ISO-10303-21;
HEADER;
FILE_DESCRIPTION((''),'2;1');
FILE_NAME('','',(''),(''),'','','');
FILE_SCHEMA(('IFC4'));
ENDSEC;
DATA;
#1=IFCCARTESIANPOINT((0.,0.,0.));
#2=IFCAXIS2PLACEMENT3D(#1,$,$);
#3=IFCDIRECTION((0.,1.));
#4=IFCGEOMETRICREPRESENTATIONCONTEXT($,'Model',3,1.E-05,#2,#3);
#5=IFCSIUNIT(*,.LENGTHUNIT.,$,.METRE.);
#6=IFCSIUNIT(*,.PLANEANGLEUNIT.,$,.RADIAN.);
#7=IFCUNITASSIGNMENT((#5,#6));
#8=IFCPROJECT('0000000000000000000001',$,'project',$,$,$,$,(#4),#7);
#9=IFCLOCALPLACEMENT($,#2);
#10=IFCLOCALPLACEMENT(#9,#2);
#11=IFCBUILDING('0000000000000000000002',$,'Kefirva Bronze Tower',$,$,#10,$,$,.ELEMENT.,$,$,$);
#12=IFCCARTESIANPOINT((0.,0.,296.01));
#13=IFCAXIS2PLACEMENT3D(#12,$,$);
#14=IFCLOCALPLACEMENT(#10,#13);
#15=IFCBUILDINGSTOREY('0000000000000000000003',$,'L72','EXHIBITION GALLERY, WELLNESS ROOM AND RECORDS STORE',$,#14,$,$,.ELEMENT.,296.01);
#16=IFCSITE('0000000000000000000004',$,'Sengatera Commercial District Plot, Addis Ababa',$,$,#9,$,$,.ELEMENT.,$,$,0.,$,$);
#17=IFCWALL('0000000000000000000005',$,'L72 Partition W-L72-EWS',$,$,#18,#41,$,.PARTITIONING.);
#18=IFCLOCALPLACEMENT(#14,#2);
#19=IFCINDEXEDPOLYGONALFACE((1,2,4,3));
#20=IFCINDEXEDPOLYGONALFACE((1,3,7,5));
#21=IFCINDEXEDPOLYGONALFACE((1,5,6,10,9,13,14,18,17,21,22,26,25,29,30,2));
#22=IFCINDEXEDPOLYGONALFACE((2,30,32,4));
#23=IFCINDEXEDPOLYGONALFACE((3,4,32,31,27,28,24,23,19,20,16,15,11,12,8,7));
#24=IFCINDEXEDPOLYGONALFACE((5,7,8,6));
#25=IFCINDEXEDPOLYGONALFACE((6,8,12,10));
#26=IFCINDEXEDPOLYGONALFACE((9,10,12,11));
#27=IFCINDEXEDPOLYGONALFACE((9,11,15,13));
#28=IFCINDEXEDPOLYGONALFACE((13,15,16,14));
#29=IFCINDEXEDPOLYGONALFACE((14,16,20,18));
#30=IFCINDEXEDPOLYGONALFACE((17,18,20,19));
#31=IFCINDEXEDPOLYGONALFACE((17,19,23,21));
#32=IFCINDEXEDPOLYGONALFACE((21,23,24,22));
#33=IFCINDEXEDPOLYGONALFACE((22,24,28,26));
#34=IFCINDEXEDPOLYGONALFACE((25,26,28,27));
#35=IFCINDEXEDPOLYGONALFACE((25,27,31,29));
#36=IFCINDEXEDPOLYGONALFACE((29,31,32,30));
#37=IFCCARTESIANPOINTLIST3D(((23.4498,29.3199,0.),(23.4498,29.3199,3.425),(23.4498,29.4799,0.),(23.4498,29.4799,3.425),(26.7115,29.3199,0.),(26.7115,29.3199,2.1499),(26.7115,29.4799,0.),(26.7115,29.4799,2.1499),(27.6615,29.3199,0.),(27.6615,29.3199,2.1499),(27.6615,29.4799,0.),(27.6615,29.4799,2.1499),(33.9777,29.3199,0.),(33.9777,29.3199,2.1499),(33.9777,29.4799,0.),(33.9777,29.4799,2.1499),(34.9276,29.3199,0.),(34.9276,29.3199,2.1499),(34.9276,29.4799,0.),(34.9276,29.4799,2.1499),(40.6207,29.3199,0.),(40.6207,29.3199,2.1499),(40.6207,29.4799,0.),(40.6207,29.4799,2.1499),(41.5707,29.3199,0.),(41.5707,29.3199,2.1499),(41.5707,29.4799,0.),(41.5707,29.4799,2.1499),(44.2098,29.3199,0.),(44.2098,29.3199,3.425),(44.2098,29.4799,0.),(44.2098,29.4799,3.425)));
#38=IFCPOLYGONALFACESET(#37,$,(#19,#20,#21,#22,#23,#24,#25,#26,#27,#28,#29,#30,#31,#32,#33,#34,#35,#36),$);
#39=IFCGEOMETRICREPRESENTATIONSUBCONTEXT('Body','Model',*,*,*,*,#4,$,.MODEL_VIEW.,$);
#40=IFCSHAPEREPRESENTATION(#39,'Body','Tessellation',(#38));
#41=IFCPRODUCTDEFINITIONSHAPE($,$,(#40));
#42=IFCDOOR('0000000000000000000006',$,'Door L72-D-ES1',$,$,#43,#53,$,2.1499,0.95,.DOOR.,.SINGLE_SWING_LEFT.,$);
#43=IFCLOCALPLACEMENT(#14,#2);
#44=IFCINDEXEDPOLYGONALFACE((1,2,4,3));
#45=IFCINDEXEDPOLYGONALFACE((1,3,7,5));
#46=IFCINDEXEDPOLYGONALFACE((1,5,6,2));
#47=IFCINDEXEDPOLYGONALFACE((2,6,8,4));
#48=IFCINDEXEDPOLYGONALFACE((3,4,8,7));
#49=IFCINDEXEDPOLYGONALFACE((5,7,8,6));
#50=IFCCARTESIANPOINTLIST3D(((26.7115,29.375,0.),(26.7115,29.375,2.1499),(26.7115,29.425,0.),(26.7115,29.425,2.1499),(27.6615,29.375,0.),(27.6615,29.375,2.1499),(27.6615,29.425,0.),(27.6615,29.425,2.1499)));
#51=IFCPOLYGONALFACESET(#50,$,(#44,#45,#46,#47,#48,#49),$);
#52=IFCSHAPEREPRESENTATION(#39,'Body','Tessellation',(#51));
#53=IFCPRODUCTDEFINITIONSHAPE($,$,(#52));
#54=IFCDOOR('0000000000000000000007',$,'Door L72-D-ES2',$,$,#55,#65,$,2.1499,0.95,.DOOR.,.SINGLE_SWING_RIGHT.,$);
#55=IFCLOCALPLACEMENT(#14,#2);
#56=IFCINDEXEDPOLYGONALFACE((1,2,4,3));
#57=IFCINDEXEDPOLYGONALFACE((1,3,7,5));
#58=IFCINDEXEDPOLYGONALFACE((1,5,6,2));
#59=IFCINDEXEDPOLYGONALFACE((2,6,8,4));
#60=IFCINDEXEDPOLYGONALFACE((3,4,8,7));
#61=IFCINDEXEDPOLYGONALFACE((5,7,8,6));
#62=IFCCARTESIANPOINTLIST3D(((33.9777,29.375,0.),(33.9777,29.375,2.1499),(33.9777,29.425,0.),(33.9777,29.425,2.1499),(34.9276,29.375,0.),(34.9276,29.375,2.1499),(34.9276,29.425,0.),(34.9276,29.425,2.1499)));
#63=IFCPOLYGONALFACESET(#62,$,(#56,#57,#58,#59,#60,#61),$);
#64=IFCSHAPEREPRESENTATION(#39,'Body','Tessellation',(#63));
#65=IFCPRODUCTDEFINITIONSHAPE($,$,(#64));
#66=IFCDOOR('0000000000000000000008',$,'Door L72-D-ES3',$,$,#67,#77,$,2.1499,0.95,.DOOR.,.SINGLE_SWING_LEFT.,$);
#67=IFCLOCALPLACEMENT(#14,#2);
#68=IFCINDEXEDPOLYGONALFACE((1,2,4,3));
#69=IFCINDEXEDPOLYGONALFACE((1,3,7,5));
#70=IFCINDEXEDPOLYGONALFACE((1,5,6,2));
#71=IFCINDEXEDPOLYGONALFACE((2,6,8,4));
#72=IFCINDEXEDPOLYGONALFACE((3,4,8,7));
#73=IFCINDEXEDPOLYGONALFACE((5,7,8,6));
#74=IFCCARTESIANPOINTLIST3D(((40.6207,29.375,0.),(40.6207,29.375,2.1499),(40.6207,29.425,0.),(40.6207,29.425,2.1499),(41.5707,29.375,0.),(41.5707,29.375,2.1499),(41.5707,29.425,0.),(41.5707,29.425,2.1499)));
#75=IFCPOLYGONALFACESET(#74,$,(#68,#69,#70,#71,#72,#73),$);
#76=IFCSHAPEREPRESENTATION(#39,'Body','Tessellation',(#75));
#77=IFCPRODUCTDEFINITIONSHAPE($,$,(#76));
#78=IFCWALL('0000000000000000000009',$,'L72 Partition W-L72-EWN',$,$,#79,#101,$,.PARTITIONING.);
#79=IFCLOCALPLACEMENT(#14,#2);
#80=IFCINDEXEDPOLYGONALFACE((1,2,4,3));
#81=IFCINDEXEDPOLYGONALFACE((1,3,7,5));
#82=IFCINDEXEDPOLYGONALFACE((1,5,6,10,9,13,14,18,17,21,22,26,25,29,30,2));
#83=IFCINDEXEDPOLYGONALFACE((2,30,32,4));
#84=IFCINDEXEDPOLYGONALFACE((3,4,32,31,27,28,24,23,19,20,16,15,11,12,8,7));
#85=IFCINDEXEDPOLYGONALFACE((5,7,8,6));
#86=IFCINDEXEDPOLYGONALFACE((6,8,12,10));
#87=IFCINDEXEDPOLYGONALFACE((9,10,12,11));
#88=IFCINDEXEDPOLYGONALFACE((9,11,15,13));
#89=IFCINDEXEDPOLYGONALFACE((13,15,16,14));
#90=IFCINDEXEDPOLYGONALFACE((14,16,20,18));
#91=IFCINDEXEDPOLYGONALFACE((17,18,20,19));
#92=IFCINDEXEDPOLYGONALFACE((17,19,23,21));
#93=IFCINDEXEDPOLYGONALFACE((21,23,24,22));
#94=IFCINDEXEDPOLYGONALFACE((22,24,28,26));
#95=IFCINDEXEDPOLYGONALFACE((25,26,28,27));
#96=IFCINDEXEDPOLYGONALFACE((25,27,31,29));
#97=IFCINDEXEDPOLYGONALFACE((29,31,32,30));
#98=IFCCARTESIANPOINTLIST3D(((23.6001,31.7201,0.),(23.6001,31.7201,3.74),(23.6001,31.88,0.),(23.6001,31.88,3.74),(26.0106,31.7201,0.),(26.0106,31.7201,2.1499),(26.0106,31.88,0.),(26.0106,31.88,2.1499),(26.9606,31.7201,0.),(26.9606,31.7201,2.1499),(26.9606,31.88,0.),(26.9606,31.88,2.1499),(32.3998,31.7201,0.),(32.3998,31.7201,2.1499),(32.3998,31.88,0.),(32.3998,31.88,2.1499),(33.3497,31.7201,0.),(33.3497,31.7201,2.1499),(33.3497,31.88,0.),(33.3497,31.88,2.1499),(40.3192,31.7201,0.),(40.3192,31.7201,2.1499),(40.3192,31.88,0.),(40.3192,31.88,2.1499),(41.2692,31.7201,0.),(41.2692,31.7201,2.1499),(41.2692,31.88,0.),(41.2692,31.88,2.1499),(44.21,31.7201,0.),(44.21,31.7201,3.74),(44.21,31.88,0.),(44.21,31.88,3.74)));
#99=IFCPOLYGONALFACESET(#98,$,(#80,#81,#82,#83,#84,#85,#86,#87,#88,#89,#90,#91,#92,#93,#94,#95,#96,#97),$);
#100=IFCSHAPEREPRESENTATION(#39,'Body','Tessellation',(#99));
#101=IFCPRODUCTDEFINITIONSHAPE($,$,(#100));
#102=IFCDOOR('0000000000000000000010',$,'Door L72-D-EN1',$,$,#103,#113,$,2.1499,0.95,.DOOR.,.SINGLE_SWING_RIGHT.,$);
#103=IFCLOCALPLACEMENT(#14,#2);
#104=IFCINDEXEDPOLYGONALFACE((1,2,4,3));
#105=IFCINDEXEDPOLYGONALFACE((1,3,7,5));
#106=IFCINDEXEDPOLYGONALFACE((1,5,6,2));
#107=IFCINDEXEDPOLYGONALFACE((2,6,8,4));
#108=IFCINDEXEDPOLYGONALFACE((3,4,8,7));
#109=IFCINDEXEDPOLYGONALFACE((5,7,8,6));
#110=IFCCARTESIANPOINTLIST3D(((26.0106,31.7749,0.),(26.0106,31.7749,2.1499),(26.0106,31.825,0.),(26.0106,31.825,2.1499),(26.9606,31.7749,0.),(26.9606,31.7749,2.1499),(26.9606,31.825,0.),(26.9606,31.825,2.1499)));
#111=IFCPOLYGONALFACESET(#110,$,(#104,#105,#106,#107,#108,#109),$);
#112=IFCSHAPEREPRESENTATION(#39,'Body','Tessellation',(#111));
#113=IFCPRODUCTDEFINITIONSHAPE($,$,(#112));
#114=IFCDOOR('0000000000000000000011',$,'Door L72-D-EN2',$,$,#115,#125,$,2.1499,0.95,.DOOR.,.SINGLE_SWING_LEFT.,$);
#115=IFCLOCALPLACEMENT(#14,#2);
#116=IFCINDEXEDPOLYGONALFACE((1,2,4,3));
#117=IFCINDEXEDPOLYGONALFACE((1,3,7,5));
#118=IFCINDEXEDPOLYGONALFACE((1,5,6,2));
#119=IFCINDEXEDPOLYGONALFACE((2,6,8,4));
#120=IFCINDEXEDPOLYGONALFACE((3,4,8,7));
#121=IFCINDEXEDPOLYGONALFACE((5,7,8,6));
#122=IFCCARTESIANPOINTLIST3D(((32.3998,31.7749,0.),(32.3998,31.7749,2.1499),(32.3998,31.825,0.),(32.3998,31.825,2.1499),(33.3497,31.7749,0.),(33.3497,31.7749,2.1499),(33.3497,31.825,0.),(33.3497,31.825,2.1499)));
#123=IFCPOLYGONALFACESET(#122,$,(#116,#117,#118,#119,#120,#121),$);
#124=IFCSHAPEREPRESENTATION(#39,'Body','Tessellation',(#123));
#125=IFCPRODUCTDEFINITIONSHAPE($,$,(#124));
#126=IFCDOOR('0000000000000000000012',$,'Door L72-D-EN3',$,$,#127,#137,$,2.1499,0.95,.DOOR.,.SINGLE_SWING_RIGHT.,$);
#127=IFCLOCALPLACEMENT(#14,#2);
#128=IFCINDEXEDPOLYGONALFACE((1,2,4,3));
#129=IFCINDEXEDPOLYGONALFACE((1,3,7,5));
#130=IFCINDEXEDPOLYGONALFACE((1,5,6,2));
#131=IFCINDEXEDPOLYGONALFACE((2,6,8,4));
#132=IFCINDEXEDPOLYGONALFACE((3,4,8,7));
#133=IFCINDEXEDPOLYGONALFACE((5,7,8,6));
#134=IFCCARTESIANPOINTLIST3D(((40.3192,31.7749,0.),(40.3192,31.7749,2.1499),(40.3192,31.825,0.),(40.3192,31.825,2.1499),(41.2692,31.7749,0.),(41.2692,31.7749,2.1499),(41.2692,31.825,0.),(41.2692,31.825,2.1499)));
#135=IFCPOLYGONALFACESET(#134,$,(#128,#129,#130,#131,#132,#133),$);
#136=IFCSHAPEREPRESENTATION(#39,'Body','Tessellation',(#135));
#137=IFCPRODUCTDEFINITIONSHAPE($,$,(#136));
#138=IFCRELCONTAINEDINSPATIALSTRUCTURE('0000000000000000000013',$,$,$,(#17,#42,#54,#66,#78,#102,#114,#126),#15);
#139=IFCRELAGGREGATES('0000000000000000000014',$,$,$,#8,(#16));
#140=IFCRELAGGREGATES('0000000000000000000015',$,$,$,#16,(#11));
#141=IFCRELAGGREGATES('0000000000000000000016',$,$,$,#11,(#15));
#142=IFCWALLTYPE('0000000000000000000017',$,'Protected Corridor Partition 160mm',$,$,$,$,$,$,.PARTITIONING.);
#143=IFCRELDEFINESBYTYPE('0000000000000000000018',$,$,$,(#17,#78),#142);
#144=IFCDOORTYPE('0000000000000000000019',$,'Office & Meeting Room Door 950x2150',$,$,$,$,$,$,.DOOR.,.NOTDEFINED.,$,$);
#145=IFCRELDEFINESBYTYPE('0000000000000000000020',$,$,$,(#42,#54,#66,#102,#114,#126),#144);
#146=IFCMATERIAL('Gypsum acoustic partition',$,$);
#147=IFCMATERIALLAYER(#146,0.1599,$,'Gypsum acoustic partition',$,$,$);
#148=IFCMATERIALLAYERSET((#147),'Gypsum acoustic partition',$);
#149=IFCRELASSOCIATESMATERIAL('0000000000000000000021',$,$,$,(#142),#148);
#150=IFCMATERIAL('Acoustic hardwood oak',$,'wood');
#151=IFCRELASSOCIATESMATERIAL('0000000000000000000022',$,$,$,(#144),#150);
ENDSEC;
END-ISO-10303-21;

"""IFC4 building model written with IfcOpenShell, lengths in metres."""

from ifc_helpers import new_model, si_unit, direction, frame, frame_2d, origin, place, context, subcontext, project, spatial, rectangle, extrude, material, layer, layer_set, type_object, element, fill, save


model = new_model("IFC4")

# Units and contexts
model_context = context("Model", 3, precision=1e-05, world=origin(), true_north=direction((0.0, 1.0)))
body_context = subcontext(model_context, "Body", "Model", "MODEL_VIEW")
ifc_project = project(units=[si_unit("LENGTHUNIT", "METRE"), si_unit("PLANEANGLEUNIT", "RADIAN")], contexts=[model_context])

# Site, building, storey
site_placement = place(None, origin())
site = spatial("IfcSite", under=ifc_project, at=site_placement, Name="Sengatera Commercial District Plot, Addis Ababa", CompositionType="ELEMENT", RefElevation=0.0)
building_placement = place(site_placement, origin())
building = spatial("IfcBuilding", under=site, at=building_placement, Name="Kefirva Bronze Tower", CompositionType="ELEMENT")
storey_placement = place(building_placement, frame((0.0, 0.0, 296.01)))
storey = spatial("IfcBuildingStorey", under=building, at=storey_placement, Name="L72", Description="EXHIBITION GALLERY, WELLNESS ROOM AND RECORDS STORE", CompositionType="ELEMENT", Elevation=296.01)

# Shared definitions
ifc_material_1 = material(Name="Gypsum acoustic partition")

# Walls, openings, doors
ifc_layer_1 = layer(ifc_material_1, 0.1599, Name="Gypsum acoustic partition")
ifc_layer_set_1 = layer_set([ifc_layer_1], Name="Gypsum acoustic partition")
wall_type_1 = type_object("IfcWallType", Name="Protected Corridor Partition 160mm", PredefinedType="PARTITIONING", material=ifc_layer_set_1)
wall_1_placement = place(storey_placement, frame((23.45, 29.3999, 0.0), z_axis=(0.0, 0.0, 1.0), x_axis=(1.0, 0.0, 0.0)))
wall_1 = element("IfcWall", 1, at=wall_1_placement, inside=storey, type_object=wall_type_1, Name="L72 Partition W-L72-EWS", PredefinedType="PARTITIONING", context=body_context, shape_type="SweptSolid", body=[
    extrude(rectangle(XDim=20.76, YDim=0.1599, at=frame_2d((10.3799, 0.0))), origin(), (0.0, 0.0, 1.0), 3.425),
])
opening_1_placement = place(wall_1_placement, frame((4.2117, 0.0, 0.0), z_axis=(0.0, 0.0, 1.0), x_axis=(-1.0, 0.0, 0.0)))
opening_1 = element("IfcOpeningElement", 2, at=opening_1_placement, cuts=wall_1, PredefinedType="OPENING", context=body_context, shape_type="SweptSolid", body=[
    extrude(rectangle(XDim=0.95, YDim=2.1499, at=frame_2d((0.4751, 1.075))), frame((0.0, 0.0898, 0.0), z_axis=(0.0, -1.0, 0.0), x_axis=(1.0, 0.0, 0.0)), (0.0, 0.0, 1.0), 0.1799),
])
opening_2_placement = place(wall_1_placement, frame((11.4778, 0.0, 0.0), z_axis=(0.0, 0.0, 1.0), x_axis=(-1.0, 0.0, 0.0)))
opening_2 = element("IfcOpeningElement", 3, at=opening_2_placement, cuts=wall_1, PredefinedType="OPENING", context=body_context, shape_type="SweptSolid", body=[
    extrude(rectangle(XDim=0.95, YDim=2.1499, at=frame_2d((0.4751, 1.075))), frame((0.0, 0.0898, 0.0), z_axis=(0.0, -1.0, 0.0), x_axis=(1.0, 0.0, 0.0)), (0.0, 0.0, 1.0), 0.1799),
])
opening_3_placement = place(wall_1_placement, frame((18.1208, 0.0, 0.0), z_axis=(0.0, 0.0, 1.0), x_axis=(-1.0, 0.0, 0.0)))
opening_3 = element("IfcOpeningElement", 4, at=opening_3_placement, cuts=wall_1, PredefinedType="OPENING", context=body_context, shape_type="SweptSolid", body=[
    extrude(rectangle(XDim=0.95, YDim=2.1499, at=frame_2d((0.4751, 1.075))), frame((0.0, 0.0898, 0.0), z_axis=(0.0, -1.0, 0.0), x_axis=(1.0, 0.0, 0.0)), (0.0, 0.0, 1.0), 0.1799),
])
ifc_material_2 = material(Name="Acoustic hardwood oak", Category="wood")
door_type = type_object("IfcDoorType", Name="Office & Meeting Room Door 950x2150", OperationType="NOTDEFINED", PredefinedType="DOOR", material=ifc_material_2)
door_1_placement = place(opening_1_placement, origin())
door_1 = element("IfcDoor", 5, at=door_1_placement, inside=storey, type_object=door_type, Name="Door L72-D-ES1", OperationType="SINGLE_SWING_LEFT", OverallHeight=2.1499, OverallWidth=0.95, PredefinedType="DOOR", context=body_context, shape_type="SweptSolid", body=[
    extrude(rectangle(XDim=0.95, YDim=2.1499, at=frame_2d((0.4751, 1.075))), frame((0.0, 0.0249, 0.0), z_axis=(0.0, -1.0, 0.0), x_axis=(1.0, 0.0, 0.0)), (0.0, 0.0, 1.0), 0.05),
])
fill(opening_1, door_1)
door_2_placement = place(opening_2_placement, origin())
door_2 = element("IfcDoor", 6, at=door_2_placement, inside=storey, type_object=door_type, Name="Door L72-D-ES2", OperationType="SINGLE_SWING_RIGHT", OverallHeight=2.1499, OverallWidth=0.95, PredefinedType="DOOR", context=body_context, shape_type="SweptSolid", body=[
    extrude(rectangle(XDim=0.95, YDim=2.1499, at=frame_2d((0.4751, 1.075))), frame((0.0, 0.0249, 0.0), z_axis=(0.0, -1.0, 0.0), x_axis=(1.0, 0.0, 0.0)), (0.0, 0.0, 1.0), 0.05),
])
fill(opening_2, door_2)
door_3_placement = place(opening_3_placement, origin())
door_3 = element("IfcDoor", 7, at=door_3_placement, inside=storey, type_object=door_type, Name="Door L72-D-ES3", OperationType="SINGLE_SWING_LEFT", OverallHeight=2.1499, OverallWidth=0.95, PredefinedType="DOOR", context=body_context, shape_type="SweptSolid", body=[
    extrude(rectangle(XDim=0.95, YDim=2.1499, at=frame_2d((0.4751, 1.075))), frame((0.0, 0.0249, 0.0), z_axis=(0.0, -1.0, 0.0), x_axis=(1.0, 0.0, 0.0)), (0.0, 0.0, 1.0), 0.05),
])
fill(opening_3, door_3)
wall_2_placement = place(storey_placement, frame((23.6001, 31.8, 0.0), z_axis=(0.0, 0.0, 1.0), x_axis=(1.0, 0.0, 0.0)))
wall_2 = element("IfcWall", 8, at=wall_2_placement, inside=storey, type_object=wall_type_1, Name="L72 Partition W-L72-EWN", PredefinedType="PARTITIONING", context=body_context, shape_type="SweptSolid", body=[
    extrude(rectangle(XDim=20.6099, YDim=0.1599, at=frame_2d((10.3049, 0.0))), origin(), (0.0, 0.0, 1.0), 3.74),
])
opening_4_placement = place(wall_2_placement, frame((2.4104, 0.0, 0.0)))
opening_4 = element("IfcOpeningElement", 9, at=opening_4_placement, cuts=wall_2, PredefinedType="OPENING", context=body_context, shape_type="SweptSolid", body=[
    extrude(rectangle(XDim=0.95, YDim=2.1499, at=frame_2d((0.4751, 1.075))), frame((0.0, 0.0898, 0.0), z_axis=(0.0, -1.0, 0.0), x_axis=(1.0, 0.0, 0.0)), (0.0, 0.0, 1.0), 0.1799),
])
opening_5_placement = place(wall_2_placement, frame((8.7996, 0.0, 0.0)))
opening_5 = element("IfcOpeningElement", 10, at=opening_5_placement, cuts=wall_2, PredefinedType="OPENING", context=body_context, shape_type="SweptSolid", body=[
    extrude(rectangle(XDim=0.95, YDim=2.1499, at=frame_2d((0.4751, 1.075))), frame((0.0, 0.0898, 0.0), z_axis=(0.0, -1.0, 0.0), x_axis=(1.0, 0.0, 0.0)), (0.0, 0.0, 1.0), 0.1799),
])
opening_6_placement = place(wall_2_placement, frame((16.719, 0.0, 0.0)))
opening_6 = element("IfcOpeningElement", 11, at=opening_6_placement, cuts=wall_2, PredefinedType="OPENING", context=body_context, shape_type="SweptSolid", body=[
    extrude(rectangle(XDim=0.95, YDim=2.1499, at=frame_2d((0.4751, 1.075))), frame((0.0, 0.0898, 0.0), z_axis=(0.0, -1.0, 0.0), x_axis=(1.0, 0.0, 0.0)), (0.0, 0.0, 1.0), 0.1799),
])
door_4_placement = place(opening_4_placement, origin())
door_4 = element("IfcDoor", 12, at=door_4_placement, inside=storey, type_object=door_type, Name="Door L72-D-EN1", OperationType="SINGLE_SWING_RIGHT", OverallHeight=2.1499, OverallWidth=0.95, PredefinedType="DOOR", context=body_context, shape_type="SweptSolid", body=[
    extrude(rectangle(XDim=0.95, YDim=2.1499, at=frame_2d((0.4751, 1.075))), frame((0.0, 0.0249, 0.0), z_axis=(0.0, -1.0, 0.0), x_axis=(1.0, 0.0, 0.0)), (0.0, 0.0, 1.0), 0.05),
])
fill(opening_4, door_4)
door_5_placement = place(opening_5_placement, origin())
door_5 = element("IfcDoor", 13, at=door_5_placement, inside=storey, type_object=door_type, Name="Door L72-D-EN2", OperationType="SINGLE_SWING_LEFT", OverallHeight=2.1499, OverallWidth=0.95, PredefinedType="DOOR", context=body_context, shape_type="SweptSolid", body=[
    extrude(rectangle(XDim=0.95, YDim=2.1499, at=frame_2d((0.4751, 1.075))), frame((0.0, 0.0249, 0.0), z_axis=(0.0, -1.0, 0.0), x_axis=(1.0, 0.0, 0.0)), (0.0, 0.0, 1.0), 0.05),
])
fill(opening_5, door_5)
door_6_placement = place(opening_6_placement, origin())
door_6 = element("IfcDoor", 14, at=door_6_placement, inside=storey, type_object=door_type, Name="Door L72-D-EN3", OperationType="SINGLE_SWING_RIGHT", OverallHeight=2.1499, OverallWidth=0.95, PredefinedType="DOOR", context=body_context, shape_type="SweptSolid", body=[
    extrude(rectangle(XDim=0.95, YDim=2.1499, at=frame_2d((0.4751, 1.075))), frame((0.0, 0.0249, 0.0), z_axis=(0.0, -1.0, 0.0), x_axis=(1.0, 0.0, 0.0)), (0.0, 0.0, 1.0), 0.05),
])
fill(opening_6, door_6)

save(model, "model.ifc")
